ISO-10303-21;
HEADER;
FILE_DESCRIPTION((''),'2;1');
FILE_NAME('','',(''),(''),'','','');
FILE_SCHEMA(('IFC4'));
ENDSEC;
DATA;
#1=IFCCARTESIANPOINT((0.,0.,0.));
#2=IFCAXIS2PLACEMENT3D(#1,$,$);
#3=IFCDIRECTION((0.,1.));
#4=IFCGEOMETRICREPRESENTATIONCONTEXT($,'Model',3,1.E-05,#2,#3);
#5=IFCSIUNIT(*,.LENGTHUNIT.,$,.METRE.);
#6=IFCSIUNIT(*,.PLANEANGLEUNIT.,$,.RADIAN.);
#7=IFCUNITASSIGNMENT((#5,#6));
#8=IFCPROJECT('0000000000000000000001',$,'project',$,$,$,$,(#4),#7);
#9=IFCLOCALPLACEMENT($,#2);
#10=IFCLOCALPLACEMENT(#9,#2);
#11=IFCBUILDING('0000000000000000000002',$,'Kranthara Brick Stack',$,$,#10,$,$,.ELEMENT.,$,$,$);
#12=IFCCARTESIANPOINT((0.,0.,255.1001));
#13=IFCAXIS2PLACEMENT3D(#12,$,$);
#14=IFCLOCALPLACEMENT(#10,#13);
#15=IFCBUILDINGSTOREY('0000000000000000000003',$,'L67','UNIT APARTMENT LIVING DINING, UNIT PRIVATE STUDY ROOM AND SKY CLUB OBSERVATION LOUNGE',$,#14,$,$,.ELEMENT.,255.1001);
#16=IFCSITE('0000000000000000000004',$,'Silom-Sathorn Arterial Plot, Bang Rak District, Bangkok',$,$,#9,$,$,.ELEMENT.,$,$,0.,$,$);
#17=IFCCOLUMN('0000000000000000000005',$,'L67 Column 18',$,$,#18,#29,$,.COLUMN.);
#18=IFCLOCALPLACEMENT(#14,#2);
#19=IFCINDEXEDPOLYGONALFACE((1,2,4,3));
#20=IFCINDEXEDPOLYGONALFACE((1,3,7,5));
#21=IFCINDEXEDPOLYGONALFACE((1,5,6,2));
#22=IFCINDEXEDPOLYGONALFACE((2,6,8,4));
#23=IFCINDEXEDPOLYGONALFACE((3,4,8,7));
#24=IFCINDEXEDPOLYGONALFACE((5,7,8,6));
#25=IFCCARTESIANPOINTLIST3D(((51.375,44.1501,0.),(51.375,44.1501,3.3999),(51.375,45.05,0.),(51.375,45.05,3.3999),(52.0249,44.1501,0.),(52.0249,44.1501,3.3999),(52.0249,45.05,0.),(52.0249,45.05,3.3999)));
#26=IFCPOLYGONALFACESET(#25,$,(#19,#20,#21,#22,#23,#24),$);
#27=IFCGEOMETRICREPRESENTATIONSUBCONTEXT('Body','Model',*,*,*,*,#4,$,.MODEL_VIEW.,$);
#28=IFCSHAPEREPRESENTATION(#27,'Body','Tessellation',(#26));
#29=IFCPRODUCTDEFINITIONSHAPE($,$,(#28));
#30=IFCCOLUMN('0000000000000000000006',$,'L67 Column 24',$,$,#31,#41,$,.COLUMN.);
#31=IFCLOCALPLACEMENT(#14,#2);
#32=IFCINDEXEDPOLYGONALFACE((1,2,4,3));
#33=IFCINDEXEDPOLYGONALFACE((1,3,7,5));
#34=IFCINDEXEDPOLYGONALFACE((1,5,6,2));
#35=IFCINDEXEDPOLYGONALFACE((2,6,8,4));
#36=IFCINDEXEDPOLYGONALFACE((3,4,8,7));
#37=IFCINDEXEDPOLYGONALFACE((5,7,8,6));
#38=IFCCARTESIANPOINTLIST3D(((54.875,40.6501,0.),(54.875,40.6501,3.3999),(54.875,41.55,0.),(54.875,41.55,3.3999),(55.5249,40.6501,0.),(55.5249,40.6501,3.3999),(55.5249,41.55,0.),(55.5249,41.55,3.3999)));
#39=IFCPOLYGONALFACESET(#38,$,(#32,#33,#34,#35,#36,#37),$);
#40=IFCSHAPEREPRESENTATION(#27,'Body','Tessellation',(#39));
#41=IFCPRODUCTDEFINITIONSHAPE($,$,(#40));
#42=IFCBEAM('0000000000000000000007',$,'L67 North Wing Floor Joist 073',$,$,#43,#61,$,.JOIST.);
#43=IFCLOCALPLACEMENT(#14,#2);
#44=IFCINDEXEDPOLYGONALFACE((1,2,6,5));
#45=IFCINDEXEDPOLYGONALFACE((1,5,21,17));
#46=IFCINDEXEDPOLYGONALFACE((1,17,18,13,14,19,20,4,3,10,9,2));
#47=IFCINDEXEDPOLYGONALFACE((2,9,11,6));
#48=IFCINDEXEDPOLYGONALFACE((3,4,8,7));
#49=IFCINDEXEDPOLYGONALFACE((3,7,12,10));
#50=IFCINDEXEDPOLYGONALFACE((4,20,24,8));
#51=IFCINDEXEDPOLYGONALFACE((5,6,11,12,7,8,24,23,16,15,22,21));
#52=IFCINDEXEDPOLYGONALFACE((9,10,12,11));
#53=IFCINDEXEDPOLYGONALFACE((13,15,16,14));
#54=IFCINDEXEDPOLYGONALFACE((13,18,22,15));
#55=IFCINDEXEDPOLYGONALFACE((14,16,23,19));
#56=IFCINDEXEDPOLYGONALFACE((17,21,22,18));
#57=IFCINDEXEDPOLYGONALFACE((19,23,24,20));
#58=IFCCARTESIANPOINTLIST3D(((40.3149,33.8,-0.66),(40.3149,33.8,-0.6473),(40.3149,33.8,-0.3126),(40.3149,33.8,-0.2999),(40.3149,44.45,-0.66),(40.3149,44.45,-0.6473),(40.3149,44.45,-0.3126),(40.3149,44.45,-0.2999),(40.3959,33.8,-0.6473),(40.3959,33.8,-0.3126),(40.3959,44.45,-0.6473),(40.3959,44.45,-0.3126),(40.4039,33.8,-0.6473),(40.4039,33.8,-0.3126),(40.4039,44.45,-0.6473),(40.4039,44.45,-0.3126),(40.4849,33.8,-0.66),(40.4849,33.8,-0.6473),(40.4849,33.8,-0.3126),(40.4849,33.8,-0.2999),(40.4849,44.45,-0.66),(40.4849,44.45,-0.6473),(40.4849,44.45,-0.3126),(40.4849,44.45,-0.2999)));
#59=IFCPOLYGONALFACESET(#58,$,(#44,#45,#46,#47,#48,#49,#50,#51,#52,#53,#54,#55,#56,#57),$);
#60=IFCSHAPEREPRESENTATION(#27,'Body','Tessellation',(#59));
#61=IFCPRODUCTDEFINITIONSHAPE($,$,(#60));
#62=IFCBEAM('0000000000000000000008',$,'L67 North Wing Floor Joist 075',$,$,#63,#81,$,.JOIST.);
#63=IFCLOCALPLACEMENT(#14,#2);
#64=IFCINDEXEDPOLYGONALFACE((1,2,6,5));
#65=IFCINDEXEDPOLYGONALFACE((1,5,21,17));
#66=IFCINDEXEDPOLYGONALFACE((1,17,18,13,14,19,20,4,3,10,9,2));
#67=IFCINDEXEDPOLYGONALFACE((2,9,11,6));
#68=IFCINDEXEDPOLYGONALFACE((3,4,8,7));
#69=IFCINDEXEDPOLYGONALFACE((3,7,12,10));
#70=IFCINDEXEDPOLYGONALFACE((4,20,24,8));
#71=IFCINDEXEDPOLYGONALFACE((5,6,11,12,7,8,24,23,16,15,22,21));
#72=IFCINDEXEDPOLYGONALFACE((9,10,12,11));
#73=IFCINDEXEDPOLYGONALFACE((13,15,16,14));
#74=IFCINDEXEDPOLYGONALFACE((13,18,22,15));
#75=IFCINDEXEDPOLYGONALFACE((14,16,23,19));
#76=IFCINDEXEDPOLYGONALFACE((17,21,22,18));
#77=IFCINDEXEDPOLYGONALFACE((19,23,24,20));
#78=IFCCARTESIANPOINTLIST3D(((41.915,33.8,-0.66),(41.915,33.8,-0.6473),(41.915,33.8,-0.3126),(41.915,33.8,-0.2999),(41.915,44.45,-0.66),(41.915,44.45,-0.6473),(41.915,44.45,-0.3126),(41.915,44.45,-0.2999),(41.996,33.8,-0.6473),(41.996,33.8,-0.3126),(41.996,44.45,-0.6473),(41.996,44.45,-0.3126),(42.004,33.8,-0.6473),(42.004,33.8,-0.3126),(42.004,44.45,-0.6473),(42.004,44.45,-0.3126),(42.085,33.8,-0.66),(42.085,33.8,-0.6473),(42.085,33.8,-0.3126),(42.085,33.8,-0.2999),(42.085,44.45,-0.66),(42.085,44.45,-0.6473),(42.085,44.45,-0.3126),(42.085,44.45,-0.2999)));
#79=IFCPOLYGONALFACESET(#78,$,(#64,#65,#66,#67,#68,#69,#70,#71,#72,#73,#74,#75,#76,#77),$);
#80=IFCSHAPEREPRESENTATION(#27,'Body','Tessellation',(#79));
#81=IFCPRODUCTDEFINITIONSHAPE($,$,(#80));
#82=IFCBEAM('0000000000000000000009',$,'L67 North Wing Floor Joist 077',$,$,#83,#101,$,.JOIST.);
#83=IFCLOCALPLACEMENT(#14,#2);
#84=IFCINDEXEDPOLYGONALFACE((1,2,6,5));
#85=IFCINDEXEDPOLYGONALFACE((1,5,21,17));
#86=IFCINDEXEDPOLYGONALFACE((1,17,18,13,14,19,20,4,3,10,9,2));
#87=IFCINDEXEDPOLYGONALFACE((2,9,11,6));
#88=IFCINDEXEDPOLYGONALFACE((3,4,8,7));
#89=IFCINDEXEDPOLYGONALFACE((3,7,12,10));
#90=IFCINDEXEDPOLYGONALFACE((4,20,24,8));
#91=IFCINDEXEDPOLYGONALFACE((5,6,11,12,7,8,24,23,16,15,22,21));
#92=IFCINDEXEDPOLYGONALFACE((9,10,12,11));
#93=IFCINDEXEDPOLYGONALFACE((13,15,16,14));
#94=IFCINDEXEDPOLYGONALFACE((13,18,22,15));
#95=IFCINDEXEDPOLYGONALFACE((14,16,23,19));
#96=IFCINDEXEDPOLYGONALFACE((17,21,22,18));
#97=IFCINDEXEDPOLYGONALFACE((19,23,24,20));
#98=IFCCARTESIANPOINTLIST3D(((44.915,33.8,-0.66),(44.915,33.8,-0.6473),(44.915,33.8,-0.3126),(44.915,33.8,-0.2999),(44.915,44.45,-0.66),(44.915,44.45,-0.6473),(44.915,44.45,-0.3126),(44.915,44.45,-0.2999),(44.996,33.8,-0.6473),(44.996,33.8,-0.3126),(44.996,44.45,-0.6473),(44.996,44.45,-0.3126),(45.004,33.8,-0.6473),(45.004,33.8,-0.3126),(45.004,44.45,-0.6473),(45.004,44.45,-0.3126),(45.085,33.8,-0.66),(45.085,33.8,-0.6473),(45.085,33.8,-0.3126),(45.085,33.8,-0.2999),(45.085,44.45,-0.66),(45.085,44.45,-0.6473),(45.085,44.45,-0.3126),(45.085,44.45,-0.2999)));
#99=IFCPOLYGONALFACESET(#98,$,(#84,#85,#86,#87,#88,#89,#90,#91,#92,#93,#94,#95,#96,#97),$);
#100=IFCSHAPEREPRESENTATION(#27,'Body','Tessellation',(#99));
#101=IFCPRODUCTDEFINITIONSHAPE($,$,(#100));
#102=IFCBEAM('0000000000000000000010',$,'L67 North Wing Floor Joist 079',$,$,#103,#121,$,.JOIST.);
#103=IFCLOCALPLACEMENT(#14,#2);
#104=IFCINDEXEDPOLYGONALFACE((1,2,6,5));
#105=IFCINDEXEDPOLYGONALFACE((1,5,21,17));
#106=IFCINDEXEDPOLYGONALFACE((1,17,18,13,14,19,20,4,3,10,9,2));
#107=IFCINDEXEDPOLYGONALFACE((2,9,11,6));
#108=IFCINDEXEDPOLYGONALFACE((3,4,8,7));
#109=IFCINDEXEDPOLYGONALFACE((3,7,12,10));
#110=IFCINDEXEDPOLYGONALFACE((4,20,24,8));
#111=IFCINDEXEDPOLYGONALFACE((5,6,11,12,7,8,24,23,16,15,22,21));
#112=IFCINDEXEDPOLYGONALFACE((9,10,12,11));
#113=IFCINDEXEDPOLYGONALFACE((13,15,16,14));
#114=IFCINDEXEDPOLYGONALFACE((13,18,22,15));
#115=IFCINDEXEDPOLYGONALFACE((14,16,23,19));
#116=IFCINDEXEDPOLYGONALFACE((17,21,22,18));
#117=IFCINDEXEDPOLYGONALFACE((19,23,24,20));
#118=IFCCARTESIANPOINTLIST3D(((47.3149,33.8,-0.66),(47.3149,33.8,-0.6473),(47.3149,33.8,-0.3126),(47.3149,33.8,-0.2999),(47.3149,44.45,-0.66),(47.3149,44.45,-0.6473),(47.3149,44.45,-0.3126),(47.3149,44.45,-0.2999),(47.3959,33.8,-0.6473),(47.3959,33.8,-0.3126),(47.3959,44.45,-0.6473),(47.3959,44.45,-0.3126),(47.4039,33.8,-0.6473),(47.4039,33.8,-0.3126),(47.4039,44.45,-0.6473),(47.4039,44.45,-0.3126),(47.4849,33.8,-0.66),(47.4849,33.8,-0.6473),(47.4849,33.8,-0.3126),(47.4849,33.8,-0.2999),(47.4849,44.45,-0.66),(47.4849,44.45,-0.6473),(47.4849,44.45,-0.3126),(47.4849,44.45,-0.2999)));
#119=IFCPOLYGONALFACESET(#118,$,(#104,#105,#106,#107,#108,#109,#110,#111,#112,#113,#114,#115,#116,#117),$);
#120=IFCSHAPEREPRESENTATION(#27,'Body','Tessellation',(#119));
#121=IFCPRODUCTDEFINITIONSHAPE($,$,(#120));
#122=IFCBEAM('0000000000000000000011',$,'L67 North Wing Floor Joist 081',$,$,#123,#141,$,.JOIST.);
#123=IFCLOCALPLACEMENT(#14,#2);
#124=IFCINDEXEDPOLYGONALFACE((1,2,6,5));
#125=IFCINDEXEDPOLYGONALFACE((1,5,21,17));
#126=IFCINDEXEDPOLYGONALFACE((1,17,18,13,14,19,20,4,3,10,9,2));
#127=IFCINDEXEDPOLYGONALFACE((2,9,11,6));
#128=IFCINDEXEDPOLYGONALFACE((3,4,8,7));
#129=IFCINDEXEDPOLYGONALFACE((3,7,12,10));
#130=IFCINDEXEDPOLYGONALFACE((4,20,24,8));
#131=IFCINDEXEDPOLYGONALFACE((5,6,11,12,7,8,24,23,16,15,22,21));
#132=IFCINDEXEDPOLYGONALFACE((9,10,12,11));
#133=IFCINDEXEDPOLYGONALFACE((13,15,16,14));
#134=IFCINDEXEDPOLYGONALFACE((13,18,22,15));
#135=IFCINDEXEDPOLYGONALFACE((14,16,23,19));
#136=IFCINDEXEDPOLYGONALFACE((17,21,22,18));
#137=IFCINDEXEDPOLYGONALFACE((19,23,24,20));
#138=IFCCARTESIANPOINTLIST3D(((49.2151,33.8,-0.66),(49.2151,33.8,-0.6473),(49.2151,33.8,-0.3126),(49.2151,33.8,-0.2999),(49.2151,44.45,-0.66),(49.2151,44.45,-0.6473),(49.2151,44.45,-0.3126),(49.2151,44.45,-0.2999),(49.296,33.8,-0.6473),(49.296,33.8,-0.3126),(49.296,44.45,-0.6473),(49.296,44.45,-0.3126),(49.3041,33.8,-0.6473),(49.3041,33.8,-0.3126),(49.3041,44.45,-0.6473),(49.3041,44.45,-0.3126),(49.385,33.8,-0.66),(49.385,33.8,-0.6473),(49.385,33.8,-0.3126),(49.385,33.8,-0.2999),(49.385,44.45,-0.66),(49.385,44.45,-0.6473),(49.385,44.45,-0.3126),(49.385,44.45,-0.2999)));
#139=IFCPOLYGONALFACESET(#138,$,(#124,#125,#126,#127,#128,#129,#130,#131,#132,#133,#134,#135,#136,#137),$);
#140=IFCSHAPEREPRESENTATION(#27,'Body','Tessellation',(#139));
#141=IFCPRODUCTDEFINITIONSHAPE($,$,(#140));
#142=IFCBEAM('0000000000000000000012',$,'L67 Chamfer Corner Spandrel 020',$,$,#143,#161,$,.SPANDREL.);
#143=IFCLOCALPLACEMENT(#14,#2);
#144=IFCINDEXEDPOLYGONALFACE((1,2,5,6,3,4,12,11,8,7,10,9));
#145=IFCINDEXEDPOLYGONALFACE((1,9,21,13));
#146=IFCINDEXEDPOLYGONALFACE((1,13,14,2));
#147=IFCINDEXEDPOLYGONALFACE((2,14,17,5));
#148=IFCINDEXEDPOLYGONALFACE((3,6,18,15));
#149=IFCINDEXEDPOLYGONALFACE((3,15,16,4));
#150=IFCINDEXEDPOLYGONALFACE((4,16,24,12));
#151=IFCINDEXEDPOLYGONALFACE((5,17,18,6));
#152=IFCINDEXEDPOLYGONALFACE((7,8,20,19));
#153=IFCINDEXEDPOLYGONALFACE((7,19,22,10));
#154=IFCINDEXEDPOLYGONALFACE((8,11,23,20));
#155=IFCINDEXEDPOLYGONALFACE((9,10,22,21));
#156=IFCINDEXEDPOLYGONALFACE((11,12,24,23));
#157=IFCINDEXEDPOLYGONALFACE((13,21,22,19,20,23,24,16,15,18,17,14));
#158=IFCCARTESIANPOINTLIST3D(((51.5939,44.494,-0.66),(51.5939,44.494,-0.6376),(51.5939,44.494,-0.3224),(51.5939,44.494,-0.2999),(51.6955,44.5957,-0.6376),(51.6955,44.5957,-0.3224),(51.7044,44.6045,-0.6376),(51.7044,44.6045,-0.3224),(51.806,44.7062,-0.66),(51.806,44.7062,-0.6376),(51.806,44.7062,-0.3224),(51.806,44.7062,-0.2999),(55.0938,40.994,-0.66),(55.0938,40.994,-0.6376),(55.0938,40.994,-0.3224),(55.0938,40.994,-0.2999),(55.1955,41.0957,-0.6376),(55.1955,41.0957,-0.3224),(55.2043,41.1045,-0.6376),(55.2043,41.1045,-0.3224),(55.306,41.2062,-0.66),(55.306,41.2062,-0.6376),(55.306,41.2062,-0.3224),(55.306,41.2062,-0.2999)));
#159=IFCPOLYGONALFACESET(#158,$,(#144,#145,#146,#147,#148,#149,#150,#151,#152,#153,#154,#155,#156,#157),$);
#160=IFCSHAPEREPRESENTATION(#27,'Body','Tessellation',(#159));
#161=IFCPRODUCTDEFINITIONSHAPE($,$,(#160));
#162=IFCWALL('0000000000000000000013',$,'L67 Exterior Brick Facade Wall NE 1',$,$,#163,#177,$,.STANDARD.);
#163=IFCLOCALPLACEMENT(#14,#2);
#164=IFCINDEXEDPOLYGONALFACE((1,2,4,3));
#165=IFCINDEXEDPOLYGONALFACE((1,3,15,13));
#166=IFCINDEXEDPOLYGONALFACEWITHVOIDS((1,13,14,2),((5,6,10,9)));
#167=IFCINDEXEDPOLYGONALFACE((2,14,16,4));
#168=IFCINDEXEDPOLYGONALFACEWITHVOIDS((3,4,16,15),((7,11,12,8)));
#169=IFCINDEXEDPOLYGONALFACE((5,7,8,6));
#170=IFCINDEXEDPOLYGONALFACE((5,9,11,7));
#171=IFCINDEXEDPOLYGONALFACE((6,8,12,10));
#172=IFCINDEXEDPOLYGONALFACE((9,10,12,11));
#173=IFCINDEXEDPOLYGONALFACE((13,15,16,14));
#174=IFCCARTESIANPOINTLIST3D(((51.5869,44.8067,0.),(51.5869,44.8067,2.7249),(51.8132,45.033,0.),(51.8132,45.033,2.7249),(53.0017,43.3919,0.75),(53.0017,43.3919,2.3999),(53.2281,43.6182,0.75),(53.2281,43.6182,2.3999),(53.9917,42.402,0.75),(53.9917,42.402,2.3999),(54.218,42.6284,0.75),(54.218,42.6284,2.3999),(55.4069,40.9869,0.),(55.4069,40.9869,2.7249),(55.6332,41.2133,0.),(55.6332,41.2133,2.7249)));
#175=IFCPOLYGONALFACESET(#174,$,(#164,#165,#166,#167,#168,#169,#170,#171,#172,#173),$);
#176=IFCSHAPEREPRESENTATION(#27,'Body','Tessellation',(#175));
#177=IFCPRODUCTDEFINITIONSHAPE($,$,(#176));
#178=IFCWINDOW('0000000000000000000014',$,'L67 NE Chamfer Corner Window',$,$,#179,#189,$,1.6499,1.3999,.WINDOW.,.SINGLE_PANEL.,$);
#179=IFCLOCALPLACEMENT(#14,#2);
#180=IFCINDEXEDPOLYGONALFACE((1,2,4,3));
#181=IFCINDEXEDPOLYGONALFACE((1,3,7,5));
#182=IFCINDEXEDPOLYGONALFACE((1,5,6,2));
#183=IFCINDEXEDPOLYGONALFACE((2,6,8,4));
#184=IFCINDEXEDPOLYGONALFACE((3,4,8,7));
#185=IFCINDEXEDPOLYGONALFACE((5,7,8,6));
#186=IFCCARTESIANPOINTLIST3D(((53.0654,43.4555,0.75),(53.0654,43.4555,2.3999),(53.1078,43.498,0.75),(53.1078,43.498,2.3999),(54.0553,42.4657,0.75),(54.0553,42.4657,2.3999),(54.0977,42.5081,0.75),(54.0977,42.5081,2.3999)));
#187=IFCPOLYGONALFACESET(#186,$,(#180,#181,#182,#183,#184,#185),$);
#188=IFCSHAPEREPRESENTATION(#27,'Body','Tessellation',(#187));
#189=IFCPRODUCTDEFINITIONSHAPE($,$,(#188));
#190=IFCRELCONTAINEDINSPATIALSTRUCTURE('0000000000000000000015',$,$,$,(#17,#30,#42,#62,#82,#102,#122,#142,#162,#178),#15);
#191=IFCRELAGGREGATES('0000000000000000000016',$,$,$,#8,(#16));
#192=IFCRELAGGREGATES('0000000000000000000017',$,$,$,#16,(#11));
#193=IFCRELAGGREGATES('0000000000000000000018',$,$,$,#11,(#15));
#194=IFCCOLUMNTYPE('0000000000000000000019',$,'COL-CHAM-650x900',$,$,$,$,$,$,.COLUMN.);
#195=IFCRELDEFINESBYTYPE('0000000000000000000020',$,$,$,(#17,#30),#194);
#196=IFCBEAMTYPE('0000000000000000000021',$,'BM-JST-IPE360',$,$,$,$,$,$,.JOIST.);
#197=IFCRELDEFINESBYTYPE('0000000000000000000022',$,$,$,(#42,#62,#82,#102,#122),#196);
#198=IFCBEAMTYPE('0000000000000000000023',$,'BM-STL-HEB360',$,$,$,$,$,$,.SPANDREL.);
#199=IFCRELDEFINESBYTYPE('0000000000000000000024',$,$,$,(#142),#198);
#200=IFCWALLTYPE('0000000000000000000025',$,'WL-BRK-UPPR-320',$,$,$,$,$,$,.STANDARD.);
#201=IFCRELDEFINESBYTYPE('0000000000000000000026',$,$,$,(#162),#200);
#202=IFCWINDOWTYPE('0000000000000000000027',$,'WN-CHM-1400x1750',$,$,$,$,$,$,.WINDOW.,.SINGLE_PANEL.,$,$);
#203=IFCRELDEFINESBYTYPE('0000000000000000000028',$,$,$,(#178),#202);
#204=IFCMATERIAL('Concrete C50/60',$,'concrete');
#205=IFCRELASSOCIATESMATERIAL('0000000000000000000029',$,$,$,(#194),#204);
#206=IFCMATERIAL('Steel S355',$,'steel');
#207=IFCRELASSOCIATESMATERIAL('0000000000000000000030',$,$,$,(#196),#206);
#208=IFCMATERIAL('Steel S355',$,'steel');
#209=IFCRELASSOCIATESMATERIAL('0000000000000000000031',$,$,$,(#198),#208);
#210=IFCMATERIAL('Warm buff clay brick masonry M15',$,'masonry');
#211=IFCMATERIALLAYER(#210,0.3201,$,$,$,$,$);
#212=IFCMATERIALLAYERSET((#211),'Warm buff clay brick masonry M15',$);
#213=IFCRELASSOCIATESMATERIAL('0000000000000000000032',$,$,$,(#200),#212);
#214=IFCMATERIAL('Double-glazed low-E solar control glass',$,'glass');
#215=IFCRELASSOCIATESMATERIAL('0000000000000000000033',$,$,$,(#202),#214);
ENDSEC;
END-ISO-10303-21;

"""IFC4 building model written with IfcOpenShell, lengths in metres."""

from ifc_helpers import new_model, si_unit, direction, frame, frame_2d, origin, origin_2d, place, context, subcontext, project, spatial, rectangle, i_section, extrude, material, layer, layer_set, material_profile, profile_set, type_object, element, fill, save


model = new_model("IFC4")

# Units and contexts
model_context = context("Model", 3, precision=1e-05, world=origin(), true_north=direction((0.0, 1.0)))
body_context = subcontext(model_context, "Body", "Model", "MODEL_VIEW")
ifc_project = project(units=[si_unit("LENGTHUNIT", "METRE"), si_unit("PLANEANGLEUNIT", "RADIAN")], contexts=[model_context])

# Site, building, storey
site_placement = place(None, origin())
site = spatial("IfcSite", under=ifc_project, at=site_placement, Name="Silom-Sathorn Arterial Plot, Bang Rak District, Bangkok", CompositionType="ELEMENT", RefElevation=0.0)
building_placement = place(site_placement, origin())
building = spatial("IfcBuilding", under=site, at=building_placement, Name="Kranthara Brick Stack", CompositionType="ELEMENT")
storey_placement = place(building_placement, frame((0.0, 0.0, 255.1001)))
storey = spatial("IfcBuildingStorey", under=building, at=storey_placement, Name="L67", Description="UNIT APARTMENT LIVING DINING, UNIT PRIVATE STUDY ROOM AND SKY CLUB OBSERVATION LOUNGE", CompositionType="ELEMENT", Elevation=255.1001)

# Columns
ifc_material_1 = material(Name="Concrete C50/60", Category="concrete")
ifc_material_profile_1 = material_profile(ifc_material_1, rectangle(XDim=0.6499, YDim=0.8999, at=origin_2d()), Name="RC 650x900")
ifc_profile_set_1 = profile_set([ifc_material_profile_1], Name="Concrete C50/60")
column_type = type_object("IfcColumnType", Name="COL-CHAM-650x900", PredefinedType="COLUMN", material=ifc_profile_set_1)
for number, where, z_axis, x_axis, name in (
    (1, (51.7, 44.6001, 0.0), (0.0, 0.0, 1.0), (1.0, 0.0, 0.0), "L67 Column 18"),
    (2, (55.2, 41.1001, 0.0), (0.0, 0.0, 1.0), (1.0, 0.0, 0.0), "L67 Column 24"),
):
    element("IfcColumn", number, at=place(storey_placement, frame(where, z_axis=z_axis, x_axis=x_axis)), inside=storey, type_object=column_type, Name=name, PredefinedType="COLUMN", context=body_context, shape_type="SweptSolid", body=[
        extrude(rectangle(XDim=0.6499, YDim=0.8999, at=origin_2d()), origin(), (0.0, 0.0, 1.0), 3.3999),
    ])

# Beams
ifc_material_2 = material(Name="Steel S355", Category="steel")
ifc_material_profile_2 = material_profile(ifc_material_2, i_section(OverallWidth=0.1699, OverallDepth=0.3601, WebThickness=0.0081, FlangeThickness=0.0127, at=origin_2d()), Name="IPE 360")
ifc_profile_set_2 = profile_set([ifc_material_profile_2], Name="Steel S355")
beam_type_1 = type_object("IfcBeamType", Name="BM-JST-IPE360", PredefinedType="JOIST", material=ifc_profile_set_2)
for number, where, z_axis, x_axis, name in (
    (3, (40.3999, 33.8, -0.48), (0.0, 1.0, 0.0), (-1.0, 0.0, 0.0), "L67 North Wing Floor Joist 073"),
    (4, (42.0, 33.8, -0.48), (0.0, 1.0, 0.0), (-1.0, 0.0, 0.0), "L67 North Wing Floor Joist 075"),
    (5, (45.0, 33.8, -0.48), (0.0, 1.0, 0.0), (-1.0, 0.0, 0.0), "L67 North Wing Floor Joist 077"),
    (6, (47.3999, 33.8, -0.48), (0.0, 1.0, 0.0), (-1.0, 0.0, 0.0), "L67 North Wing Floor Joist 079"),
    (7, (49.3, 33.8, -0.48), (0.0, 1.0, 0.0), (-1.0, 0.0, 0.0), "L67 North Wing Floor Joist 081"),
):
    element("IfcBeam", number, at=place(storey_placement, frame(where, z_axis=z_axis, x_axis=x_axis)), inside=storey, type_object=beam_type_1, Name=name, PredefinedType="JOIST", context=body_context, shape_type="SweptSolid", body=[
        extrude(i_section(OverallWidth=0.1699, OverallDepth=0.3601, WebThickness=0.0081, FlangeThickness=0.0127, at=origin_2d()), origin(), (0.0, 0.0, 1.0), 10.6499),
    ])
ifc_material_3 = material(Name="Steel S355", Category="steel")
ifc_material_profile_3 = material_profile(ifc_material_3, i_section(OverallWidth=0.3, OverallDepth=0.3601, WebThickness=0.0125, FlangeThickness=0.0225, at=origin_2d()), Name="HEB 360")
ifc_profile_set_3 = profile_set([ifc_material_profile_3], Name="Steel S355")
beam_type_2 = type_object("IfcBeamType", Name="BM-STL-HEB360", PredefinedType="SPANDREL", material=ifc_profile_set_3)
beam_placement = place(storey_placement, frame((51.7, 44.6001, -0.48), z_axis=(0.707107, -0.707107, 0.0), x_axis=(0.707107, 0.707107, 0.0)))
element("IfcBeam", 8, at=beam_placement, inside=storey, type_object=beam_type_2, Name="L67 Chamfer Corner Spandrel 020", PredefinedType="SPANDREL", context=body_context, shape_type="SweptSolid", body=[
    extrude(i_section(OverallWidth=0.3, OverallDepth=0.3601, WebThickness=0.0125, FlangeThickness=0.0225, at=origin_2d()), origin(), (0.0, 0.0, 1.0), 4.9497),
])

# Wall, opening, window
ifc_material_4 = material(Name="Warm buff clay brick masonry M15", Category="masonry")
ifc_layer_1 = layer(ifc_material_4, 0.3201)
ifc_layer_set_1 = layer_set([ifc_layer_1], Name="Warm buff clay brick masonry M15")
wall_type_1 = type_object("IfcWallType", Name="WL-BRK-UPPR-320", PredefinedType="STANDARD", material=ifc_layer_set_1)
wall_1_placement = place(storey_placement, frame((51.7, 44.9199, 0.0), z_axis=(0.0, 0.0, 1.0), x_axis=(0.707129, -0.707084, 0.0)))
wall_1 = element("IfcWall", 9, at=wall_1_placement, inside=storey, type_object=wall_type_1, Name="L67 Exterior Brick Facade Wall NE 1", PredefinedType="STANDARD", context=body_context, shape_type="SweptSolid", body=[
    extrude(rectangle(XDim=5.4021, YDim=0.3201, at=frame_2d((2.7012, 0.0))), origin(), (0.0, 0.0, 1.0), 2.7249),
])
opening_1_placement = place(wall_1_placement, frame((2.001, 0.0, 0.75)))
opening_1 = element("IfcOpeningElement", 10, at=opening_1_placement, cuts=wall_1, PredefinedType="OPENING", context=body_context, shape_type="SweptSolid", body=[
    extrude(rectangle(XDim=1.3999, YDim=1.6499, at=frame_2d((0.7, 0.825))), frame((0.0, 0.1699, 0.0), z_axis=(0.0, -1.0, 0.0), x_axis=(1.0, 0.0, 0.0)), (0.0, 0.0, 1.0), 0.3401),
])
ifc_material_5 = material(Name="Double-glazed low-E solar control glass", Category="glass")
window_type_1 = type_object("IfcWindowType", Name="WN-CHM-1400x1750", PartitioningType="SINGLE_PANEL", PredefinedType="WINDOW", material=ifc_material_5)
window_1_placement = place(opening_1_placement, origin())
window_1 = element("IfcWindow", 11, at=window_1_placement, inside=storey, type_object=window_type_1, Name="L67 NE Chamfer Corner Window", OverallHeight=1.6499, OverallWidth=1.3999, PartitioningType="SINGLE_PANEL", PredefinedType="WINDOW", context=body_context, shape_type="SweptSolid", body=[
    extrude(rectangle(XDim=1.3999, YDim=1.6499, at=frame_2d((0.7, 0.825))), frame((0.0, -0.01, 0.0), z_axis=(0.0, -1.0, 0.0), x_axis=(1.0, 0.0, 0.0)), (0.0, 0.0, 1.0), 0.0601),
])
fill(opening_1, window_1)

save(model, "model.ifc")
